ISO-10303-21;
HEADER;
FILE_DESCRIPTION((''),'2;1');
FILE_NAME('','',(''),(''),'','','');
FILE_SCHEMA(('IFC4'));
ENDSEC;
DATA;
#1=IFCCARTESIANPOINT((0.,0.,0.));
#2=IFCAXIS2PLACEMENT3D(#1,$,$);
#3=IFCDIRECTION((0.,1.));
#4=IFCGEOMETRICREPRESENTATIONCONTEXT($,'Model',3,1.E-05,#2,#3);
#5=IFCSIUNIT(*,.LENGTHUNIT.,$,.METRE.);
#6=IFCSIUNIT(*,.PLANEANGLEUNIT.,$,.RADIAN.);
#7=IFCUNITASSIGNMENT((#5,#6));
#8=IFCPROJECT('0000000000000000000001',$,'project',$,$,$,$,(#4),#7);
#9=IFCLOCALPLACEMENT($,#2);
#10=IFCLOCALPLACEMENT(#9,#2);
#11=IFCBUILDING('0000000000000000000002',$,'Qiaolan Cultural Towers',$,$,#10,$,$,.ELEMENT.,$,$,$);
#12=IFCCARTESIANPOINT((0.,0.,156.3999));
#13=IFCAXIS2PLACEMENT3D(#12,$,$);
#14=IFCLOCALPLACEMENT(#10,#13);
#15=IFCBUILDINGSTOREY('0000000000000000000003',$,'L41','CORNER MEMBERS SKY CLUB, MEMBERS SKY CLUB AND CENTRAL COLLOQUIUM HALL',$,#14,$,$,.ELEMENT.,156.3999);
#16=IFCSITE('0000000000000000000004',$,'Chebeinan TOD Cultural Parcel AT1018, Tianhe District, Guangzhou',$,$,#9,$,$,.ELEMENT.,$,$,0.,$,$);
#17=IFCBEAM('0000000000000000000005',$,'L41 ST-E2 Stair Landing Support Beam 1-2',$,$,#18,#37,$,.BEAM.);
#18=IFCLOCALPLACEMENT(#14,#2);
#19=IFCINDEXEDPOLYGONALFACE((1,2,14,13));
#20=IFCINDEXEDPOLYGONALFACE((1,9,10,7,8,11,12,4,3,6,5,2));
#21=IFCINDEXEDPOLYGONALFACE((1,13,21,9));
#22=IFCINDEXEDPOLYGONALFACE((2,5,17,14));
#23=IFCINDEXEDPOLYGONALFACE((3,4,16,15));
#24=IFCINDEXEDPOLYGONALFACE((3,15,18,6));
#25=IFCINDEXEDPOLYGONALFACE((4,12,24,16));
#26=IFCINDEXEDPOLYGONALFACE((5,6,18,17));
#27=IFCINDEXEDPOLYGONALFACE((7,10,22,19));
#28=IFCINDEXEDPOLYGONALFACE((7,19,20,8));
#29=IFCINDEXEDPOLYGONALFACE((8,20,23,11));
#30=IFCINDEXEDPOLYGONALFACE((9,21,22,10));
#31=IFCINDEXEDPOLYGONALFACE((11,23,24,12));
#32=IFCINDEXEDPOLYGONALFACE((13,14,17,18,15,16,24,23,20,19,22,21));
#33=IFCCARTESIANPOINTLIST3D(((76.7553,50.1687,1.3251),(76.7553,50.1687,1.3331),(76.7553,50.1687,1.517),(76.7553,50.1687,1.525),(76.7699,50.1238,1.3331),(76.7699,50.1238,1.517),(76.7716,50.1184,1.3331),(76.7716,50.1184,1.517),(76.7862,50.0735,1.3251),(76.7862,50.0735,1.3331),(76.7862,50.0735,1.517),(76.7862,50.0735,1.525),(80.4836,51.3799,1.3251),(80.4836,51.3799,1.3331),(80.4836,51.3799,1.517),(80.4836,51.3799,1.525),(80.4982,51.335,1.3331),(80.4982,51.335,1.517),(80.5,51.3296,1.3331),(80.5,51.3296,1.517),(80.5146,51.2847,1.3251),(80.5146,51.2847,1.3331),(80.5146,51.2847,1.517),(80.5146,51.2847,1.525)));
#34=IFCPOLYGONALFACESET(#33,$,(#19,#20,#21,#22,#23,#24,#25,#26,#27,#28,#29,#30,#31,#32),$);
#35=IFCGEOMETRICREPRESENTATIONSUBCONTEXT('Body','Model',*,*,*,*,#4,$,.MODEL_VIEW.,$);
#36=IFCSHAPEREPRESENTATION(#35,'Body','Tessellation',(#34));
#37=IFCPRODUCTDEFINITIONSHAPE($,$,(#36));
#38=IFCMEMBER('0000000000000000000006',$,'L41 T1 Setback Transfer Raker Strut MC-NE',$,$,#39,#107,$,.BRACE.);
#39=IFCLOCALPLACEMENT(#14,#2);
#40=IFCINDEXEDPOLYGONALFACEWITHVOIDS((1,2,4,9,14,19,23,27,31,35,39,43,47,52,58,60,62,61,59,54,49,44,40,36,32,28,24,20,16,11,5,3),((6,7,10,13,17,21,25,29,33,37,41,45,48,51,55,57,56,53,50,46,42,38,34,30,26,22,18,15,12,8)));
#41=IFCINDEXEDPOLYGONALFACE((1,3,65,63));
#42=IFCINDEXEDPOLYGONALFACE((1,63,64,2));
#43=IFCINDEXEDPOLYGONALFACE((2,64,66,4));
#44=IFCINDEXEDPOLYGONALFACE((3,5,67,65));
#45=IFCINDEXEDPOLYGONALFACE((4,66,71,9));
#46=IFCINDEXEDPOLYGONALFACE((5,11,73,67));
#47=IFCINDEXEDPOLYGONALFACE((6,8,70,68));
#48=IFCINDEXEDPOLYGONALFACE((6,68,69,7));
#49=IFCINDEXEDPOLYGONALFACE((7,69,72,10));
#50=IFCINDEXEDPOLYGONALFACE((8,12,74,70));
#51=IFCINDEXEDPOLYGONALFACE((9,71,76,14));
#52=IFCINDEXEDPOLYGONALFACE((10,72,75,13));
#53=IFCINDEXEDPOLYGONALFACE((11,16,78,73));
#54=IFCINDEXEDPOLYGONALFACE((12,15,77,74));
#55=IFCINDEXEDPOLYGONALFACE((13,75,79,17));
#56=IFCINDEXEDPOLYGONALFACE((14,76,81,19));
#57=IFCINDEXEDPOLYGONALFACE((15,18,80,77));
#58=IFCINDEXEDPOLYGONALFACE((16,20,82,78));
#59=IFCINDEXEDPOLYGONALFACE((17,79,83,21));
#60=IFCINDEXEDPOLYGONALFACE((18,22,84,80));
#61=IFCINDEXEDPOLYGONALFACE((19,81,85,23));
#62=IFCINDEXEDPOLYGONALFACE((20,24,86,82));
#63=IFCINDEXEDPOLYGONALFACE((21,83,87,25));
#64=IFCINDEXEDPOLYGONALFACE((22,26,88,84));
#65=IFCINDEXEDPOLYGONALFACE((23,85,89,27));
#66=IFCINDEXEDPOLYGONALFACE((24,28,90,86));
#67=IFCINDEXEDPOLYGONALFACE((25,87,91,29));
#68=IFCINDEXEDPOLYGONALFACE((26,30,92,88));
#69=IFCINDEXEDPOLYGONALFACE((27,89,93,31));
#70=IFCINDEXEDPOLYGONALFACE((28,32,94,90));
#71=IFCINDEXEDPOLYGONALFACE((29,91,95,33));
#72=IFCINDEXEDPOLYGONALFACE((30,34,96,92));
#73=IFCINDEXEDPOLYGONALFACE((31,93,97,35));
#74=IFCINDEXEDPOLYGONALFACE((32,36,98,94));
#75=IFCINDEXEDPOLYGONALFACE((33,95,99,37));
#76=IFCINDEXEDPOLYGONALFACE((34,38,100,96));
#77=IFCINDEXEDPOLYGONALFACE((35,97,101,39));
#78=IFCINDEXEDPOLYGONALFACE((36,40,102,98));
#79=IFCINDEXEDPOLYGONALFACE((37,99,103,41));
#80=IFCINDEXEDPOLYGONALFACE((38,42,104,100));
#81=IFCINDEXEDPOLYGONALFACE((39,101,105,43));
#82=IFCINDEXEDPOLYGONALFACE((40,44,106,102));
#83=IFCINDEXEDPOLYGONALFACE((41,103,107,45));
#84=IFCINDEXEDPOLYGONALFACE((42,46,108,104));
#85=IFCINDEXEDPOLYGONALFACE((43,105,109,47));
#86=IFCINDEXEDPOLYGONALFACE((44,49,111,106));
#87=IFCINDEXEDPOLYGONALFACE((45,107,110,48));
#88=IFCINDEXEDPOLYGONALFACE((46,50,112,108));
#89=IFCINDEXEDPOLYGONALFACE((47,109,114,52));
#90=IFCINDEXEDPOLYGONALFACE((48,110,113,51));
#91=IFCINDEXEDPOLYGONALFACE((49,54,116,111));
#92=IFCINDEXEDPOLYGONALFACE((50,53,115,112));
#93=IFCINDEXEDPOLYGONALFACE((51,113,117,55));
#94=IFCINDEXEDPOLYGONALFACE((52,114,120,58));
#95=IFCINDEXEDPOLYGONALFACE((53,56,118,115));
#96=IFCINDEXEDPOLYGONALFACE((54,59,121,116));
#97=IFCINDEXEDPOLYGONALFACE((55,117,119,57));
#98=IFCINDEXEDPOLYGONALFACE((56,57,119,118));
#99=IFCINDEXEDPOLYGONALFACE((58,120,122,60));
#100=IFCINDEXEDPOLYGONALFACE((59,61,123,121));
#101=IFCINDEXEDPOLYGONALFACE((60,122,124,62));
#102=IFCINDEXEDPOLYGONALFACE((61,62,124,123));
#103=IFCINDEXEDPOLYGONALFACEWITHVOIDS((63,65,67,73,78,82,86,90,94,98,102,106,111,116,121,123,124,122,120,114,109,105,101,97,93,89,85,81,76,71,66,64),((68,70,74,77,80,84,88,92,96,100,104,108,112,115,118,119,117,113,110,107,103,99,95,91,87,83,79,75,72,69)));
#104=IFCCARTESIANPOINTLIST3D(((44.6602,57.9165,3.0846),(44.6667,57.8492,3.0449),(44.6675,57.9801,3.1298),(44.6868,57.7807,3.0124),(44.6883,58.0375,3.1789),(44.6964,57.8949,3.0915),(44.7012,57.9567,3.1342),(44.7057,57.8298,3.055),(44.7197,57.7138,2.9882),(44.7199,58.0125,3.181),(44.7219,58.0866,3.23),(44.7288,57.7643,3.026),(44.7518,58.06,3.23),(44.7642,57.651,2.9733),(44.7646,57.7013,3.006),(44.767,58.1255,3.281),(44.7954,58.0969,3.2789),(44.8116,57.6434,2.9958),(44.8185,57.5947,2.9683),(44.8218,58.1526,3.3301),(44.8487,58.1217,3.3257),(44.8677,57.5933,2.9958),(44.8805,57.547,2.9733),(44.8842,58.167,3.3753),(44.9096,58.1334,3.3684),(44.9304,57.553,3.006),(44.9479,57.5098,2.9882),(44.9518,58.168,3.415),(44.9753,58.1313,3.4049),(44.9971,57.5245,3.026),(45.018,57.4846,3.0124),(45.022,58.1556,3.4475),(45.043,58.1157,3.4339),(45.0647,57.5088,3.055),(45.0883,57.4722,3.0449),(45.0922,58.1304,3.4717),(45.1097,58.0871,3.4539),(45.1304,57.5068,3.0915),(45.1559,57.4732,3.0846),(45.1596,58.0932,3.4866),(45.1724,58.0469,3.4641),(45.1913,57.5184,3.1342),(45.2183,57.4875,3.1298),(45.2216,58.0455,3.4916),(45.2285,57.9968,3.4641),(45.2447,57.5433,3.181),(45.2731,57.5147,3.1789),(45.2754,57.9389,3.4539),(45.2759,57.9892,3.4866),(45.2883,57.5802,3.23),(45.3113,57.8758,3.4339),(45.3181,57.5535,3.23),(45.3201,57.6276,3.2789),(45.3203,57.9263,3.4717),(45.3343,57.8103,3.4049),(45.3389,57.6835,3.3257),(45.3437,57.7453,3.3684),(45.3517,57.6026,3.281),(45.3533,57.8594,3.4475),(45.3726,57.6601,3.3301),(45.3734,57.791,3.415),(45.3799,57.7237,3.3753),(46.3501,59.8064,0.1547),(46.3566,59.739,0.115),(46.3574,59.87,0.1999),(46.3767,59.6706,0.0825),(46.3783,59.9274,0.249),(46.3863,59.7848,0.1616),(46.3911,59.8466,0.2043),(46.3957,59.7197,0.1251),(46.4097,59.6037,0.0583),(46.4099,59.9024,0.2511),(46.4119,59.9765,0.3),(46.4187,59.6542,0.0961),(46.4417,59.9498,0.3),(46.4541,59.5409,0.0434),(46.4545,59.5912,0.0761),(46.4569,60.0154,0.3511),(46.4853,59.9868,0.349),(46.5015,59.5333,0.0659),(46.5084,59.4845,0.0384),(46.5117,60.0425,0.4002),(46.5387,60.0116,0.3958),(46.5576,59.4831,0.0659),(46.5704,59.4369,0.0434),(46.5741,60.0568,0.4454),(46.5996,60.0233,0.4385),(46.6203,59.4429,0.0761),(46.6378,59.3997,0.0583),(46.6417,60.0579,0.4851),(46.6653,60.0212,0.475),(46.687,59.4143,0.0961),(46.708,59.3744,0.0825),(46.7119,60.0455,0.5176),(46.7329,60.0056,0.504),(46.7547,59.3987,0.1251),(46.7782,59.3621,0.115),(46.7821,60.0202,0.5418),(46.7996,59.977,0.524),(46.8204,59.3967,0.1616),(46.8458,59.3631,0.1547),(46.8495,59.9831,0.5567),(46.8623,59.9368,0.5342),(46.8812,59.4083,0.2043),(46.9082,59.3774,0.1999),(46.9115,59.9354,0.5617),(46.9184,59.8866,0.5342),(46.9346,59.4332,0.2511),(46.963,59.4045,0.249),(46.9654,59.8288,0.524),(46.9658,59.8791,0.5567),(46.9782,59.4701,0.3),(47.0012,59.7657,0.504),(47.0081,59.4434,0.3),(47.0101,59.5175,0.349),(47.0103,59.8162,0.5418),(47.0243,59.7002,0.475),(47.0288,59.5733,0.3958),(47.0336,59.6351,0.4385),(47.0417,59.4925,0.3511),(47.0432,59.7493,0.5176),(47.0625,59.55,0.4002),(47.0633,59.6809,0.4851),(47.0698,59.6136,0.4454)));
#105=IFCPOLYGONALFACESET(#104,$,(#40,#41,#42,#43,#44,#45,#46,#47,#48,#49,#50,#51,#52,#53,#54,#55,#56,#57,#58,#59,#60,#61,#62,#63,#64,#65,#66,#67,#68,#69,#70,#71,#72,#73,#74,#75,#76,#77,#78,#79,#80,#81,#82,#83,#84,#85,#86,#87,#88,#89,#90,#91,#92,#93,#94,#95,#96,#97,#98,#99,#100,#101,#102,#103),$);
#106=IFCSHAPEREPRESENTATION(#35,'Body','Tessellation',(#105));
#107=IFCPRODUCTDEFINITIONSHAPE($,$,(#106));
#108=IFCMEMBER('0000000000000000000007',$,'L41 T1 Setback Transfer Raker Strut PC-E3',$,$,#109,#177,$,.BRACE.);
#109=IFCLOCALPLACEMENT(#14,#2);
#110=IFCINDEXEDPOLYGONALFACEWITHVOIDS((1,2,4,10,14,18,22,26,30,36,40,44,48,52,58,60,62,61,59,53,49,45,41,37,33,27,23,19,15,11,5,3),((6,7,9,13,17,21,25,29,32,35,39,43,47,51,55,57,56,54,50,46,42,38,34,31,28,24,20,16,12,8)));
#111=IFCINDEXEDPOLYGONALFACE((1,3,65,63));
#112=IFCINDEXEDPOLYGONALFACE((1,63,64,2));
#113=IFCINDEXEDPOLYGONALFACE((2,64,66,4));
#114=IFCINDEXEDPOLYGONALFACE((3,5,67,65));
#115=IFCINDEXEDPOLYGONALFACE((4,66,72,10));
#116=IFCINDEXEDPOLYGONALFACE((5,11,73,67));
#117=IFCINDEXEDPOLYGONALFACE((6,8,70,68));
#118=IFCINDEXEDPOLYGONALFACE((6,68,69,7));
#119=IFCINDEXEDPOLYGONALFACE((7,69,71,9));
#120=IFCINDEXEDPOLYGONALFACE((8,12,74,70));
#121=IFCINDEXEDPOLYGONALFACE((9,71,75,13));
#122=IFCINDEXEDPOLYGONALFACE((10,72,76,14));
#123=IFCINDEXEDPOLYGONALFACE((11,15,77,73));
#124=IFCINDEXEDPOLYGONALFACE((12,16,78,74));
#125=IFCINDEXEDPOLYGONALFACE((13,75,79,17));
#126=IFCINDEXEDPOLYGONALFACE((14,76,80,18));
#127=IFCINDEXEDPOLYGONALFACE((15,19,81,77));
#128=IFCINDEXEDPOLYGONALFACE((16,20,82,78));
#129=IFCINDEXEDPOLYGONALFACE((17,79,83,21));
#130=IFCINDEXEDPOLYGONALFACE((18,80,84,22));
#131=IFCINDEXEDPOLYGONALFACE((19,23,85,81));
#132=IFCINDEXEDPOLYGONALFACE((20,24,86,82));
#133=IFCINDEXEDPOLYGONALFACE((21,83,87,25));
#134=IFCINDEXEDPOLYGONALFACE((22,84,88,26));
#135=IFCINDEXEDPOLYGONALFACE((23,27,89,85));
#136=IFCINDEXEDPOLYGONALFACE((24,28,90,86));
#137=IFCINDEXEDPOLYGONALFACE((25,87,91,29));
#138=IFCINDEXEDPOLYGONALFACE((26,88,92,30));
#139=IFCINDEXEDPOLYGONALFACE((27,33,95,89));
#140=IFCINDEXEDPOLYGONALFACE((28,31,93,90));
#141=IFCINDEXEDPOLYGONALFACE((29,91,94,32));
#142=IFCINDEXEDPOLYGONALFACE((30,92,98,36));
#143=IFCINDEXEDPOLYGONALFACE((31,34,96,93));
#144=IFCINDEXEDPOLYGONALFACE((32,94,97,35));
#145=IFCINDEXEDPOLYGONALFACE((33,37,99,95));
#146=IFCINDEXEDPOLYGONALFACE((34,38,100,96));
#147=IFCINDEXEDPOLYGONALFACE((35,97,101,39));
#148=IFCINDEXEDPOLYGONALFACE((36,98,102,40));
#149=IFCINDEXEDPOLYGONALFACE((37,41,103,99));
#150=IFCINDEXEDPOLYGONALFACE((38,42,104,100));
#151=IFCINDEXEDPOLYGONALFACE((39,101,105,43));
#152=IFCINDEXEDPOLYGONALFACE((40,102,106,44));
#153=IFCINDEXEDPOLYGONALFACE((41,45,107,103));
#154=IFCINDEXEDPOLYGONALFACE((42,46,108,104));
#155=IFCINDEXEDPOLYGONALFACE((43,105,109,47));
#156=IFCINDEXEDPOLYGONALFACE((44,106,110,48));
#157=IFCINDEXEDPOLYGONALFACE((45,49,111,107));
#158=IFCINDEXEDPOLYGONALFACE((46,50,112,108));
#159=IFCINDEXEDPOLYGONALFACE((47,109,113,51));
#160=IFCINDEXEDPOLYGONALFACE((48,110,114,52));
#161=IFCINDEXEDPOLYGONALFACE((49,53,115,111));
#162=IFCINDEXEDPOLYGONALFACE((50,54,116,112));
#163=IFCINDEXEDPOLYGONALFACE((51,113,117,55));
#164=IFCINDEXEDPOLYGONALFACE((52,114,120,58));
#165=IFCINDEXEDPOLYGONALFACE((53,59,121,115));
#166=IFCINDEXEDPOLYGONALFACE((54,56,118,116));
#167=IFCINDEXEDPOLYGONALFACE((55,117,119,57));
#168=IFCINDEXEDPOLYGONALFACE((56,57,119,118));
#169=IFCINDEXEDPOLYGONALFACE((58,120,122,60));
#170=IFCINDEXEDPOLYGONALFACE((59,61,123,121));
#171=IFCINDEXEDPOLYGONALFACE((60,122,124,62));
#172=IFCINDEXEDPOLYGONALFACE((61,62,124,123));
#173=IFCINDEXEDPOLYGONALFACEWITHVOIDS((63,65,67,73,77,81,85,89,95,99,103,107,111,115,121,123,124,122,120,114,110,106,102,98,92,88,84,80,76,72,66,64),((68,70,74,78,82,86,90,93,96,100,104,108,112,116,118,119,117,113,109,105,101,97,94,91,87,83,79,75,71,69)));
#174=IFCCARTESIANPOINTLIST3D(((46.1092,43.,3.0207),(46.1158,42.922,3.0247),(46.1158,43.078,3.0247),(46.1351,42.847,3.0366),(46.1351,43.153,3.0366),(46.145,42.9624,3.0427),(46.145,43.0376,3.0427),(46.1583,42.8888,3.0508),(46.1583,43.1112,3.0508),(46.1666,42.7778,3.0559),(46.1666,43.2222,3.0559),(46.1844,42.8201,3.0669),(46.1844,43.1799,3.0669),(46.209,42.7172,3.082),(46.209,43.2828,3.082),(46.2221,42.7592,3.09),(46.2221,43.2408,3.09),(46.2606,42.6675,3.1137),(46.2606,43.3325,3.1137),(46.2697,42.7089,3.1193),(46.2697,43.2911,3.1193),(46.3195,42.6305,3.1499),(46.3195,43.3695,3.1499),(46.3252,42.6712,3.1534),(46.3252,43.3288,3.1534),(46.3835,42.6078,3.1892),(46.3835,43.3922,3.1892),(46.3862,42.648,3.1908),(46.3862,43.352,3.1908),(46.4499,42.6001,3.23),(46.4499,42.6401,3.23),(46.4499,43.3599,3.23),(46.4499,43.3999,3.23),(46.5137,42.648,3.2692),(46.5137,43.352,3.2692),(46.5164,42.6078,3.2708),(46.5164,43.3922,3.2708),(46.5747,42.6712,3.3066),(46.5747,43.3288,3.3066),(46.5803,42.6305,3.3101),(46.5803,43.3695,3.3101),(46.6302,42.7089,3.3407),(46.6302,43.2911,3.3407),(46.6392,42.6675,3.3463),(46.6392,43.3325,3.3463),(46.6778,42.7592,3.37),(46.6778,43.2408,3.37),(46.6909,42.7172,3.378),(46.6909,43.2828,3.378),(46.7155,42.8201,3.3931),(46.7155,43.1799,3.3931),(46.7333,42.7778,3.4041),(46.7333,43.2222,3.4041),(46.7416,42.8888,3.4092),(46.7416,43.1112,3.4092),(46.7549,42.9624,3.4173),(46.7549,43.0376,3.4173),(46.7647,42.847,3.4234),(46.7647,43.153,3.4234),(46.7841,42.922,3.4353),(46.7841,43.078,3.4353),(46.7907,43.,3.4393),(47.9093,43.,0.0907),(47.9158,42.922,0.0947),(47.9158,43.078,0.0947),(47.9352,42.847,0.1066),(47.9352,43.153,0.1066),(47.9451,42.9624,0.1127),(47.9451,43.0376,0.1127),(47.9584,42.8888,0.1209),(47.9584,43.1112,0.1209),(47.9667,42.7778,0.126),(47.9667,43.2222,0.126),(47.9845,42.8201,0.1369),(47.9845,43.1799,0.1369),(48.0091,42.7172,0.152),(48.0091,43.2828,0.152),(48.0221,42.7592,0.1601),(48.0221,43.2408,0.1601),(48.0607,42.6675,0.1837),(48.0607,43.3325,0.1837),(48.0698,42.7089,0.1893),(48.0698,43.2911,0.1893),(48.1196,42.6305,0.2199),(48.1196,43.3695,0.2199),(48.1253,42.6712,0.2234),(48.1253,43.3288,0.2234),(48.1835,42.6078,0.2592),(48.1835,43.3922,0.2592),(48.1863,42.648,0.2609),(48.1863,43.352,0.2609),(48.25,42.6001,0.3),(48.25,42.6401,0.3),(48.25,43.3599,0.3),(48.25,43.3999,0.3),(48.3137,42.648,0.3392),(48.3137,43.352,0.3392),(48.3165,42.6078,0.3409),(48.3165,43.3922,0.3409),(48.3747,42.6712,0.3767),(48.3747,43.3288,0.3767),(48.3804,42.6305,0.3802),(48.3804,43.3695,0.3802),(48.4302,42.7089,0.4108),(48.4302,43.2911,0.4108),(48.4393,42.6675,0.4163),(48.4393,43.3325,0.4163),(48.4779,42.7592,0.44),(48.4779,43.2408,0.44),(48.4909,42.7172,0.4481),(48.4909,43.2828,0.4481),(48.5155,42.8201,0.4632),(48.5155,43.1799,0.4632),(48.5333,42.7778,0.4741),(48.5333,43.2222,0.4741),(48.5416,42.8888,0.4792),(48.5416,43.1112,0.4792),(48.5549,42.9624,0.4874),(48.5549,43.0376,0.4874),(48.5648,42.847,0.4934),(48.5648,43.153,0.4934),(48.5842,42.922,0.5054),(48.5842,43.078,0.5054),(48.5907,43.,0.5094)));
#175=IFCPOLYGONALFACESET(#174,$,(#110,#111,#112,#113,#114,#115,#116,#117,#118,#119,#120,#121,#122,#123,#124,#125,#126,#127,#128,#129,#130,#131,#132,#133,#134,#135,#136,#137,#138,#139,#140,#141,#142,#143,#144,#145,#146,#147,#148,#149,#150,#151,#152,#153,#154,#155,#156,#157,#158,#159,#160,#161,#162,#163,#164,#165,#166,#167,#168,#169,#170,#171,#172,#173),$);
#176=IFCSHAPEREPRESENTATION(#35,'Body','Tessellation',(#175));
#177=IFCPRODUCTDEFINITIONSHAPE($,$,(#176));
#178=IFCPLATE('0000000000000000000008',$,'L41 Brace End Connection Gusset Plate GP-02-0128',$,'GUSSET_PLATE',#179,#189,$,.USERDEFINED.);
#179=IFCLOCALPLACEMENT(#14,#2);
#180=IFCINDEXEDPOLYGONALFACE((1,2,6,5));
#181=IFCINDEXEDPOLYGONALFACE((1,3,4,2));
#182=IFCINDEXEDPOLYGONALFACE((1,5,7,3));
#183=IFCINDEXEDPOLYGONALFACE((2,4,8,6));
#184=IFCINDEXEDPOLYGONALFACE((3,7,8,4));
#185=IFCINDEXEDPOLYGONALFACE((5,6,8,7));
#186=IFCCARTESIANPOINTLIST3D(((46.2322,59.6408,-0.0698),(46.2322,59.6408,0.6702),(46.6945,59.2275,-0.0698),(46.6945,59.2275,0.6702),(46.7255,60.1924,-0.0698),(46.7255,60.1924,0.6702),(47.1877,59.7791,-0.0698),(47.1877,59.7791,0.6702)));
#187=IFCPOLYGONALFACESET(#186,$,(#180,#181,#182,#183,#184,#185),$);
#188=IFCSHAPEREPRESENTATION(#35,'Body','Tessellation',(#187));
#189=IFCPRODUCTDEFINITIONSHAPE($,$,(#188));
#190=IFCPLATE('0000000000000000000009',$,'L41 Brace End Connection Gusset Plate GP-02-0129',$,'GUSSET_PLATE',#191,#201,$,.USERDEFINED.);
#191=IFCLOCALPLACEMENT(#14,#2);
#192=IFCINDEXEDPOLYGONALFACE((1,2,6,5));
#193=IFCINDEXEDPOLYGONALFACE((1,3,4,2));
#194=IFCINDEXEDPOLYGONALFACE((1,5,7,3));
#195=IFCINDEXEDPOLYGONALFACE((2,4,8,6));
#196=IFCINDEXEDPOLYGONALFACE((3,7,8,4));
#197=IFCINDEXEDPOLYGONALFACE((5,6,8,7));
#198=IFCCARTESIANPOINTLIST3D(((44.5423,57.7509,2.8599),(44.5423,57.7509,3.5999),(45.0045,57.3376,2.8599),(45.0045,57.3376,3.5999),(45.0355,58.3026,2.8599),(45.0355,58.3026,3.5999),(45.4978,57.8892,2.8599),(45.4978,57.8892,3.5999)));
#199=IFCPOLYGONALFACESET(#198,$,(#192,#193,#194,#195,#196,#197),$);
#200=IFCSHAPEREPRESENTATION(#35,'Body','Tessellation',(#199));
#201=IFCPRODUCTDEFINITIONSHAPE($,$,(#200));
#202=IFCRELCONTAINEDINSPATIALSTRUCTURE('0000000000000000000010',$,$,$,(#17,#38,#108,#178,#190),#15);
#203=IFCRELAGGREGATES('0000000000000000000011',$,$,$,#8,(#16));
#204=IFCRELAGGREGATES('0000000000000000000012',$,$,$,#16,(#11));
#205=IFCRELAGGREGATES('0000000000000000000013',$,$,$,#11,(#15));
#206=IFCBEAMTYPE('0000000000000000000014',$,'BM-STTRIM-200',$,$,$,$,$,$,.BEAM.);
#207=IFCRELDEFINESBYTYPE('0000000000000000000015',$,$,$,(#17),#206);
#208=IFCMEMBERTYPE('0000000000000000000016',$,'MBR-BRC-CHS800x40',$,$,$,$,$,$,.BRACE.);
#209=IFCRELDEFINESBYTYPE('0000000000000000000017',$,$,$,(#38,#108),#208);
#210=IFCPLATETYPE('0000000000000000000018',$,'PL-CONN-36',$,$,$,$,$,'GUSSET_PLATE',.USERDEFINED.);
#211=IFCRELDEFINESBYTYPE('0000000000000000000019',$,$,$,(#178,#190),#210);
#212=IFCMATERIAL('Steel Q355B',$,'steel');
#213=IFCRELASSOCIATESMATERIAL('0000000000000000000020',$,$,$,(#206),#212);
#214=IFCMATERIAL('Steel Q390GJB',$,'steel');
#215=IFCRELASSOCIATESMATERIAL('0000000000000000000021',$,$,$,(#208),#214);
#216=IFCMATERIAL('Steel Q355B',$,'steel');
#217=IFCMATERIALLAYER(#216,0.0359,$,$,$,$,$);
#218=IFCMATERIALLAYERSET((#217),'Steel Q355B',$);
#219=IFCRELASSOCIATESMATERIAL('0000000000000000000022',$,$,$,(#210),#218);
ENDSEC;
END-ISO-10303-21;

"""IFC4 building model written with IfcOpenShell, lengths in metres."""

from ifc_helpers import new_model, si_unit, direction, frame, origin, origin_2d, place, context, subcontext, project, spatial, rectangle, hollow_circle, i_section, extrude, material, layer, layer_set, material_profile, profile_set, type_object, element, save


model = new_model("IFC4")

# Units and contexts
model_context = context("Model", 3, precision=1e-05, world=origin(), true_north=direction((0.0, 1.0)))
body_context = subcontext(model_context, "Body", "Model", "MODEL_VIEW")
ifc_project = project(units=[si_unit("LENGTHUNIT", "METRE"), si_unit("PLANEANGLEUNIT", "RADIAN")], contexts=[model_context])

# Site, building, storey
site_placement = place(None, origin())
site = spatial("IfcSite", under=ifc_project, at=site_placement, Name="Chebeinan TOD Cultural Parcel AT1018, Tianhe District, Guangzhou", CompositionType="ELEMENT", RefElevation=0.0)
building_placement = place(site_placement, origin())
building = spatial("IfcBuilding", under=site, at=building_placement, Name="Qiaolan Cultural Towers", CompositionType="ELEMENT")
storey_placement = place(building_placement, frame((0.0, 0.0, 156.3999)))
storey = spatial("IfcBuildingStorey", under=building, at=storey_placement, Name="L41", Description="CORNER MEMBERS SKY CLUB, MEMBERS SKY CLUB AND CENTRAL COLLOQUIUM HALL", CompositionType="ELEMENT", Elevation=156.3999)

# Beam
ifc_material_1 = material(Name="Steel Q355B", Category="steel")
ifc_material_profile_1 = material_profile(ifc_material_1, i_section(OverallWidth=0.1001, OverallDepth=0.2, WebThickness=0.0056, FlangeThickness=0.0081, at=origin_2d()), Name="HN200x100x5.5x8")
ifc_profile_set_1 = profile_set([ifc_material_profile_1], Name="Steel Q355B")
beam_type_1 = type_object("IfcBeamType", Name="BM-STTRIM-200", PredefinedType="BEAM", material=ifc_profile_set_1)
beam_1_placement = place(storey_placement, frame((76.7708, 50.1211, 1.425), z_axis=(0.951072, 0.308969, 0.0), x_axis=(-0.308969, 0.951072, 0.0)))
element("IfcBeam", 1, at=beam_1_placement, inside=storey, type_object=beam_type_1, Name="L41 ST-E2 Stair Landing Support Beam 1-2", PredefinedType="BEAM", context=body_context, shape_type="SweptSolid", body=[
    extrude(i_section(OverallWidth=0.1001, OverallDepth=0.2, WebThickness=0.0056, FlangeThickness=0.0081, at=origin_2d()), origin(), (0.0, 0.0, 1.0), 3.9202),
])

# Members
ifc_material_2 = material(Name="Steel Q390GJB", Category="steel")
ifc_material_profile_2 = material_profile(ifc_material_2, hollow_circle(Radius=0.3999, WallThickness=0.04, at=origin_2d()), Name="CHS800x40")
ifc_profile_set_2 = profile_set([ifc_material_profile_2], Name="Steel Q390GJB")
member_type = type_object("IfcMemberType", Name="MBR-BRC-CHS800x40", PredefinedType="BRACE", material=ifc_profile_set_2)
member_1_placement = place(storey_placement, frame((46.71, 59.71, 0.3), z_axis=(-0.436165, -0.487772, 0.7562), x_axis=(0.74544, -0.666572, 0.0)))
element("IfcMember", 2, at=member_1_placement, inside=storey, type_object=member_type, Name="L41 T1 Setback Transfer Raker Strut MC-NE", PredefinedType="BRACE", context=body_context, shape_type="SweptSolid", body=[
    extrude(hollow_circle(Radius=0.3999, WallThickness=0.04, at=origin_2d()), origin(), (0.0, 0.0, 1.0), 3.8745),
])
member_2_placement = place(storey_placement, frame((48.25, 43.0, 0.3), z_axis=(-0.523467, 0.0, 0.852046), x_axis=(0.0, -1.0, 0.0)))
element("IfcMember", 3, at=member_2_placement, inside=storey, type_object=member_type, Name="L41 T1 Setback Transfer Raker Strut PC-E3", PredefinedType="BRACE", context=body_context, shape_type="SweptSolid", body=[
    extrude(hollow_circle(Radius=0.3999, WallThickness=0.04, at=origin_2d()), origin(), (0.0, 0.0, 1.0), 3.4387),
])

# Plates
ifc_material_3 = material(Name="Steel Q355B", Category="steel")
ifc_layer_1 = layer(ifc_material_3, 0.0359)
ifc_layer_set_1 = layer_set([ifc_layer_1], Name="Steel Q355B")
plate_type_1 = type_object("IfcPlateType", Name="PL-CONN-36", ElementType="GUSSET_PLATE", PredefinedType="USERDEFINED", material=ifc_layer_set_1)
for number, where, z_axis, x_axis, name in (
    (4, (46.71, 59.71, -0.0698), (0.0, 0.0, 1.0), (0.666564, 0.745448, 0.0), "L41 Brace End Connection Gusset Plate GP-02-0128"),
    (5, (45.02, 57.8201, 2.8599), (0.0, 0.0, 1.0), (0.666564, 0.745448, 0.0), "L41 Brace End Connection Gusset Plate GP-02-0129"),
):
    element("IfcPlate", number, at=place(storey_placement, frame(where, z_axis=z_axis, x_axis=x_axis)), inside=storey, type_object=plate_type_1, Name=name, ObjectType="GUSSET_PLATE", PredefinedType="USERDEFINED", context=body_context, shape_type="SweptSolid", body=[
        extrude(rectangle(XDim=0.74, YDim=0.6201, at=origin_2d()), origin(), (0.0, 0.0, 1.0), 0.74),
    ])

save(model, "model.ifc")
